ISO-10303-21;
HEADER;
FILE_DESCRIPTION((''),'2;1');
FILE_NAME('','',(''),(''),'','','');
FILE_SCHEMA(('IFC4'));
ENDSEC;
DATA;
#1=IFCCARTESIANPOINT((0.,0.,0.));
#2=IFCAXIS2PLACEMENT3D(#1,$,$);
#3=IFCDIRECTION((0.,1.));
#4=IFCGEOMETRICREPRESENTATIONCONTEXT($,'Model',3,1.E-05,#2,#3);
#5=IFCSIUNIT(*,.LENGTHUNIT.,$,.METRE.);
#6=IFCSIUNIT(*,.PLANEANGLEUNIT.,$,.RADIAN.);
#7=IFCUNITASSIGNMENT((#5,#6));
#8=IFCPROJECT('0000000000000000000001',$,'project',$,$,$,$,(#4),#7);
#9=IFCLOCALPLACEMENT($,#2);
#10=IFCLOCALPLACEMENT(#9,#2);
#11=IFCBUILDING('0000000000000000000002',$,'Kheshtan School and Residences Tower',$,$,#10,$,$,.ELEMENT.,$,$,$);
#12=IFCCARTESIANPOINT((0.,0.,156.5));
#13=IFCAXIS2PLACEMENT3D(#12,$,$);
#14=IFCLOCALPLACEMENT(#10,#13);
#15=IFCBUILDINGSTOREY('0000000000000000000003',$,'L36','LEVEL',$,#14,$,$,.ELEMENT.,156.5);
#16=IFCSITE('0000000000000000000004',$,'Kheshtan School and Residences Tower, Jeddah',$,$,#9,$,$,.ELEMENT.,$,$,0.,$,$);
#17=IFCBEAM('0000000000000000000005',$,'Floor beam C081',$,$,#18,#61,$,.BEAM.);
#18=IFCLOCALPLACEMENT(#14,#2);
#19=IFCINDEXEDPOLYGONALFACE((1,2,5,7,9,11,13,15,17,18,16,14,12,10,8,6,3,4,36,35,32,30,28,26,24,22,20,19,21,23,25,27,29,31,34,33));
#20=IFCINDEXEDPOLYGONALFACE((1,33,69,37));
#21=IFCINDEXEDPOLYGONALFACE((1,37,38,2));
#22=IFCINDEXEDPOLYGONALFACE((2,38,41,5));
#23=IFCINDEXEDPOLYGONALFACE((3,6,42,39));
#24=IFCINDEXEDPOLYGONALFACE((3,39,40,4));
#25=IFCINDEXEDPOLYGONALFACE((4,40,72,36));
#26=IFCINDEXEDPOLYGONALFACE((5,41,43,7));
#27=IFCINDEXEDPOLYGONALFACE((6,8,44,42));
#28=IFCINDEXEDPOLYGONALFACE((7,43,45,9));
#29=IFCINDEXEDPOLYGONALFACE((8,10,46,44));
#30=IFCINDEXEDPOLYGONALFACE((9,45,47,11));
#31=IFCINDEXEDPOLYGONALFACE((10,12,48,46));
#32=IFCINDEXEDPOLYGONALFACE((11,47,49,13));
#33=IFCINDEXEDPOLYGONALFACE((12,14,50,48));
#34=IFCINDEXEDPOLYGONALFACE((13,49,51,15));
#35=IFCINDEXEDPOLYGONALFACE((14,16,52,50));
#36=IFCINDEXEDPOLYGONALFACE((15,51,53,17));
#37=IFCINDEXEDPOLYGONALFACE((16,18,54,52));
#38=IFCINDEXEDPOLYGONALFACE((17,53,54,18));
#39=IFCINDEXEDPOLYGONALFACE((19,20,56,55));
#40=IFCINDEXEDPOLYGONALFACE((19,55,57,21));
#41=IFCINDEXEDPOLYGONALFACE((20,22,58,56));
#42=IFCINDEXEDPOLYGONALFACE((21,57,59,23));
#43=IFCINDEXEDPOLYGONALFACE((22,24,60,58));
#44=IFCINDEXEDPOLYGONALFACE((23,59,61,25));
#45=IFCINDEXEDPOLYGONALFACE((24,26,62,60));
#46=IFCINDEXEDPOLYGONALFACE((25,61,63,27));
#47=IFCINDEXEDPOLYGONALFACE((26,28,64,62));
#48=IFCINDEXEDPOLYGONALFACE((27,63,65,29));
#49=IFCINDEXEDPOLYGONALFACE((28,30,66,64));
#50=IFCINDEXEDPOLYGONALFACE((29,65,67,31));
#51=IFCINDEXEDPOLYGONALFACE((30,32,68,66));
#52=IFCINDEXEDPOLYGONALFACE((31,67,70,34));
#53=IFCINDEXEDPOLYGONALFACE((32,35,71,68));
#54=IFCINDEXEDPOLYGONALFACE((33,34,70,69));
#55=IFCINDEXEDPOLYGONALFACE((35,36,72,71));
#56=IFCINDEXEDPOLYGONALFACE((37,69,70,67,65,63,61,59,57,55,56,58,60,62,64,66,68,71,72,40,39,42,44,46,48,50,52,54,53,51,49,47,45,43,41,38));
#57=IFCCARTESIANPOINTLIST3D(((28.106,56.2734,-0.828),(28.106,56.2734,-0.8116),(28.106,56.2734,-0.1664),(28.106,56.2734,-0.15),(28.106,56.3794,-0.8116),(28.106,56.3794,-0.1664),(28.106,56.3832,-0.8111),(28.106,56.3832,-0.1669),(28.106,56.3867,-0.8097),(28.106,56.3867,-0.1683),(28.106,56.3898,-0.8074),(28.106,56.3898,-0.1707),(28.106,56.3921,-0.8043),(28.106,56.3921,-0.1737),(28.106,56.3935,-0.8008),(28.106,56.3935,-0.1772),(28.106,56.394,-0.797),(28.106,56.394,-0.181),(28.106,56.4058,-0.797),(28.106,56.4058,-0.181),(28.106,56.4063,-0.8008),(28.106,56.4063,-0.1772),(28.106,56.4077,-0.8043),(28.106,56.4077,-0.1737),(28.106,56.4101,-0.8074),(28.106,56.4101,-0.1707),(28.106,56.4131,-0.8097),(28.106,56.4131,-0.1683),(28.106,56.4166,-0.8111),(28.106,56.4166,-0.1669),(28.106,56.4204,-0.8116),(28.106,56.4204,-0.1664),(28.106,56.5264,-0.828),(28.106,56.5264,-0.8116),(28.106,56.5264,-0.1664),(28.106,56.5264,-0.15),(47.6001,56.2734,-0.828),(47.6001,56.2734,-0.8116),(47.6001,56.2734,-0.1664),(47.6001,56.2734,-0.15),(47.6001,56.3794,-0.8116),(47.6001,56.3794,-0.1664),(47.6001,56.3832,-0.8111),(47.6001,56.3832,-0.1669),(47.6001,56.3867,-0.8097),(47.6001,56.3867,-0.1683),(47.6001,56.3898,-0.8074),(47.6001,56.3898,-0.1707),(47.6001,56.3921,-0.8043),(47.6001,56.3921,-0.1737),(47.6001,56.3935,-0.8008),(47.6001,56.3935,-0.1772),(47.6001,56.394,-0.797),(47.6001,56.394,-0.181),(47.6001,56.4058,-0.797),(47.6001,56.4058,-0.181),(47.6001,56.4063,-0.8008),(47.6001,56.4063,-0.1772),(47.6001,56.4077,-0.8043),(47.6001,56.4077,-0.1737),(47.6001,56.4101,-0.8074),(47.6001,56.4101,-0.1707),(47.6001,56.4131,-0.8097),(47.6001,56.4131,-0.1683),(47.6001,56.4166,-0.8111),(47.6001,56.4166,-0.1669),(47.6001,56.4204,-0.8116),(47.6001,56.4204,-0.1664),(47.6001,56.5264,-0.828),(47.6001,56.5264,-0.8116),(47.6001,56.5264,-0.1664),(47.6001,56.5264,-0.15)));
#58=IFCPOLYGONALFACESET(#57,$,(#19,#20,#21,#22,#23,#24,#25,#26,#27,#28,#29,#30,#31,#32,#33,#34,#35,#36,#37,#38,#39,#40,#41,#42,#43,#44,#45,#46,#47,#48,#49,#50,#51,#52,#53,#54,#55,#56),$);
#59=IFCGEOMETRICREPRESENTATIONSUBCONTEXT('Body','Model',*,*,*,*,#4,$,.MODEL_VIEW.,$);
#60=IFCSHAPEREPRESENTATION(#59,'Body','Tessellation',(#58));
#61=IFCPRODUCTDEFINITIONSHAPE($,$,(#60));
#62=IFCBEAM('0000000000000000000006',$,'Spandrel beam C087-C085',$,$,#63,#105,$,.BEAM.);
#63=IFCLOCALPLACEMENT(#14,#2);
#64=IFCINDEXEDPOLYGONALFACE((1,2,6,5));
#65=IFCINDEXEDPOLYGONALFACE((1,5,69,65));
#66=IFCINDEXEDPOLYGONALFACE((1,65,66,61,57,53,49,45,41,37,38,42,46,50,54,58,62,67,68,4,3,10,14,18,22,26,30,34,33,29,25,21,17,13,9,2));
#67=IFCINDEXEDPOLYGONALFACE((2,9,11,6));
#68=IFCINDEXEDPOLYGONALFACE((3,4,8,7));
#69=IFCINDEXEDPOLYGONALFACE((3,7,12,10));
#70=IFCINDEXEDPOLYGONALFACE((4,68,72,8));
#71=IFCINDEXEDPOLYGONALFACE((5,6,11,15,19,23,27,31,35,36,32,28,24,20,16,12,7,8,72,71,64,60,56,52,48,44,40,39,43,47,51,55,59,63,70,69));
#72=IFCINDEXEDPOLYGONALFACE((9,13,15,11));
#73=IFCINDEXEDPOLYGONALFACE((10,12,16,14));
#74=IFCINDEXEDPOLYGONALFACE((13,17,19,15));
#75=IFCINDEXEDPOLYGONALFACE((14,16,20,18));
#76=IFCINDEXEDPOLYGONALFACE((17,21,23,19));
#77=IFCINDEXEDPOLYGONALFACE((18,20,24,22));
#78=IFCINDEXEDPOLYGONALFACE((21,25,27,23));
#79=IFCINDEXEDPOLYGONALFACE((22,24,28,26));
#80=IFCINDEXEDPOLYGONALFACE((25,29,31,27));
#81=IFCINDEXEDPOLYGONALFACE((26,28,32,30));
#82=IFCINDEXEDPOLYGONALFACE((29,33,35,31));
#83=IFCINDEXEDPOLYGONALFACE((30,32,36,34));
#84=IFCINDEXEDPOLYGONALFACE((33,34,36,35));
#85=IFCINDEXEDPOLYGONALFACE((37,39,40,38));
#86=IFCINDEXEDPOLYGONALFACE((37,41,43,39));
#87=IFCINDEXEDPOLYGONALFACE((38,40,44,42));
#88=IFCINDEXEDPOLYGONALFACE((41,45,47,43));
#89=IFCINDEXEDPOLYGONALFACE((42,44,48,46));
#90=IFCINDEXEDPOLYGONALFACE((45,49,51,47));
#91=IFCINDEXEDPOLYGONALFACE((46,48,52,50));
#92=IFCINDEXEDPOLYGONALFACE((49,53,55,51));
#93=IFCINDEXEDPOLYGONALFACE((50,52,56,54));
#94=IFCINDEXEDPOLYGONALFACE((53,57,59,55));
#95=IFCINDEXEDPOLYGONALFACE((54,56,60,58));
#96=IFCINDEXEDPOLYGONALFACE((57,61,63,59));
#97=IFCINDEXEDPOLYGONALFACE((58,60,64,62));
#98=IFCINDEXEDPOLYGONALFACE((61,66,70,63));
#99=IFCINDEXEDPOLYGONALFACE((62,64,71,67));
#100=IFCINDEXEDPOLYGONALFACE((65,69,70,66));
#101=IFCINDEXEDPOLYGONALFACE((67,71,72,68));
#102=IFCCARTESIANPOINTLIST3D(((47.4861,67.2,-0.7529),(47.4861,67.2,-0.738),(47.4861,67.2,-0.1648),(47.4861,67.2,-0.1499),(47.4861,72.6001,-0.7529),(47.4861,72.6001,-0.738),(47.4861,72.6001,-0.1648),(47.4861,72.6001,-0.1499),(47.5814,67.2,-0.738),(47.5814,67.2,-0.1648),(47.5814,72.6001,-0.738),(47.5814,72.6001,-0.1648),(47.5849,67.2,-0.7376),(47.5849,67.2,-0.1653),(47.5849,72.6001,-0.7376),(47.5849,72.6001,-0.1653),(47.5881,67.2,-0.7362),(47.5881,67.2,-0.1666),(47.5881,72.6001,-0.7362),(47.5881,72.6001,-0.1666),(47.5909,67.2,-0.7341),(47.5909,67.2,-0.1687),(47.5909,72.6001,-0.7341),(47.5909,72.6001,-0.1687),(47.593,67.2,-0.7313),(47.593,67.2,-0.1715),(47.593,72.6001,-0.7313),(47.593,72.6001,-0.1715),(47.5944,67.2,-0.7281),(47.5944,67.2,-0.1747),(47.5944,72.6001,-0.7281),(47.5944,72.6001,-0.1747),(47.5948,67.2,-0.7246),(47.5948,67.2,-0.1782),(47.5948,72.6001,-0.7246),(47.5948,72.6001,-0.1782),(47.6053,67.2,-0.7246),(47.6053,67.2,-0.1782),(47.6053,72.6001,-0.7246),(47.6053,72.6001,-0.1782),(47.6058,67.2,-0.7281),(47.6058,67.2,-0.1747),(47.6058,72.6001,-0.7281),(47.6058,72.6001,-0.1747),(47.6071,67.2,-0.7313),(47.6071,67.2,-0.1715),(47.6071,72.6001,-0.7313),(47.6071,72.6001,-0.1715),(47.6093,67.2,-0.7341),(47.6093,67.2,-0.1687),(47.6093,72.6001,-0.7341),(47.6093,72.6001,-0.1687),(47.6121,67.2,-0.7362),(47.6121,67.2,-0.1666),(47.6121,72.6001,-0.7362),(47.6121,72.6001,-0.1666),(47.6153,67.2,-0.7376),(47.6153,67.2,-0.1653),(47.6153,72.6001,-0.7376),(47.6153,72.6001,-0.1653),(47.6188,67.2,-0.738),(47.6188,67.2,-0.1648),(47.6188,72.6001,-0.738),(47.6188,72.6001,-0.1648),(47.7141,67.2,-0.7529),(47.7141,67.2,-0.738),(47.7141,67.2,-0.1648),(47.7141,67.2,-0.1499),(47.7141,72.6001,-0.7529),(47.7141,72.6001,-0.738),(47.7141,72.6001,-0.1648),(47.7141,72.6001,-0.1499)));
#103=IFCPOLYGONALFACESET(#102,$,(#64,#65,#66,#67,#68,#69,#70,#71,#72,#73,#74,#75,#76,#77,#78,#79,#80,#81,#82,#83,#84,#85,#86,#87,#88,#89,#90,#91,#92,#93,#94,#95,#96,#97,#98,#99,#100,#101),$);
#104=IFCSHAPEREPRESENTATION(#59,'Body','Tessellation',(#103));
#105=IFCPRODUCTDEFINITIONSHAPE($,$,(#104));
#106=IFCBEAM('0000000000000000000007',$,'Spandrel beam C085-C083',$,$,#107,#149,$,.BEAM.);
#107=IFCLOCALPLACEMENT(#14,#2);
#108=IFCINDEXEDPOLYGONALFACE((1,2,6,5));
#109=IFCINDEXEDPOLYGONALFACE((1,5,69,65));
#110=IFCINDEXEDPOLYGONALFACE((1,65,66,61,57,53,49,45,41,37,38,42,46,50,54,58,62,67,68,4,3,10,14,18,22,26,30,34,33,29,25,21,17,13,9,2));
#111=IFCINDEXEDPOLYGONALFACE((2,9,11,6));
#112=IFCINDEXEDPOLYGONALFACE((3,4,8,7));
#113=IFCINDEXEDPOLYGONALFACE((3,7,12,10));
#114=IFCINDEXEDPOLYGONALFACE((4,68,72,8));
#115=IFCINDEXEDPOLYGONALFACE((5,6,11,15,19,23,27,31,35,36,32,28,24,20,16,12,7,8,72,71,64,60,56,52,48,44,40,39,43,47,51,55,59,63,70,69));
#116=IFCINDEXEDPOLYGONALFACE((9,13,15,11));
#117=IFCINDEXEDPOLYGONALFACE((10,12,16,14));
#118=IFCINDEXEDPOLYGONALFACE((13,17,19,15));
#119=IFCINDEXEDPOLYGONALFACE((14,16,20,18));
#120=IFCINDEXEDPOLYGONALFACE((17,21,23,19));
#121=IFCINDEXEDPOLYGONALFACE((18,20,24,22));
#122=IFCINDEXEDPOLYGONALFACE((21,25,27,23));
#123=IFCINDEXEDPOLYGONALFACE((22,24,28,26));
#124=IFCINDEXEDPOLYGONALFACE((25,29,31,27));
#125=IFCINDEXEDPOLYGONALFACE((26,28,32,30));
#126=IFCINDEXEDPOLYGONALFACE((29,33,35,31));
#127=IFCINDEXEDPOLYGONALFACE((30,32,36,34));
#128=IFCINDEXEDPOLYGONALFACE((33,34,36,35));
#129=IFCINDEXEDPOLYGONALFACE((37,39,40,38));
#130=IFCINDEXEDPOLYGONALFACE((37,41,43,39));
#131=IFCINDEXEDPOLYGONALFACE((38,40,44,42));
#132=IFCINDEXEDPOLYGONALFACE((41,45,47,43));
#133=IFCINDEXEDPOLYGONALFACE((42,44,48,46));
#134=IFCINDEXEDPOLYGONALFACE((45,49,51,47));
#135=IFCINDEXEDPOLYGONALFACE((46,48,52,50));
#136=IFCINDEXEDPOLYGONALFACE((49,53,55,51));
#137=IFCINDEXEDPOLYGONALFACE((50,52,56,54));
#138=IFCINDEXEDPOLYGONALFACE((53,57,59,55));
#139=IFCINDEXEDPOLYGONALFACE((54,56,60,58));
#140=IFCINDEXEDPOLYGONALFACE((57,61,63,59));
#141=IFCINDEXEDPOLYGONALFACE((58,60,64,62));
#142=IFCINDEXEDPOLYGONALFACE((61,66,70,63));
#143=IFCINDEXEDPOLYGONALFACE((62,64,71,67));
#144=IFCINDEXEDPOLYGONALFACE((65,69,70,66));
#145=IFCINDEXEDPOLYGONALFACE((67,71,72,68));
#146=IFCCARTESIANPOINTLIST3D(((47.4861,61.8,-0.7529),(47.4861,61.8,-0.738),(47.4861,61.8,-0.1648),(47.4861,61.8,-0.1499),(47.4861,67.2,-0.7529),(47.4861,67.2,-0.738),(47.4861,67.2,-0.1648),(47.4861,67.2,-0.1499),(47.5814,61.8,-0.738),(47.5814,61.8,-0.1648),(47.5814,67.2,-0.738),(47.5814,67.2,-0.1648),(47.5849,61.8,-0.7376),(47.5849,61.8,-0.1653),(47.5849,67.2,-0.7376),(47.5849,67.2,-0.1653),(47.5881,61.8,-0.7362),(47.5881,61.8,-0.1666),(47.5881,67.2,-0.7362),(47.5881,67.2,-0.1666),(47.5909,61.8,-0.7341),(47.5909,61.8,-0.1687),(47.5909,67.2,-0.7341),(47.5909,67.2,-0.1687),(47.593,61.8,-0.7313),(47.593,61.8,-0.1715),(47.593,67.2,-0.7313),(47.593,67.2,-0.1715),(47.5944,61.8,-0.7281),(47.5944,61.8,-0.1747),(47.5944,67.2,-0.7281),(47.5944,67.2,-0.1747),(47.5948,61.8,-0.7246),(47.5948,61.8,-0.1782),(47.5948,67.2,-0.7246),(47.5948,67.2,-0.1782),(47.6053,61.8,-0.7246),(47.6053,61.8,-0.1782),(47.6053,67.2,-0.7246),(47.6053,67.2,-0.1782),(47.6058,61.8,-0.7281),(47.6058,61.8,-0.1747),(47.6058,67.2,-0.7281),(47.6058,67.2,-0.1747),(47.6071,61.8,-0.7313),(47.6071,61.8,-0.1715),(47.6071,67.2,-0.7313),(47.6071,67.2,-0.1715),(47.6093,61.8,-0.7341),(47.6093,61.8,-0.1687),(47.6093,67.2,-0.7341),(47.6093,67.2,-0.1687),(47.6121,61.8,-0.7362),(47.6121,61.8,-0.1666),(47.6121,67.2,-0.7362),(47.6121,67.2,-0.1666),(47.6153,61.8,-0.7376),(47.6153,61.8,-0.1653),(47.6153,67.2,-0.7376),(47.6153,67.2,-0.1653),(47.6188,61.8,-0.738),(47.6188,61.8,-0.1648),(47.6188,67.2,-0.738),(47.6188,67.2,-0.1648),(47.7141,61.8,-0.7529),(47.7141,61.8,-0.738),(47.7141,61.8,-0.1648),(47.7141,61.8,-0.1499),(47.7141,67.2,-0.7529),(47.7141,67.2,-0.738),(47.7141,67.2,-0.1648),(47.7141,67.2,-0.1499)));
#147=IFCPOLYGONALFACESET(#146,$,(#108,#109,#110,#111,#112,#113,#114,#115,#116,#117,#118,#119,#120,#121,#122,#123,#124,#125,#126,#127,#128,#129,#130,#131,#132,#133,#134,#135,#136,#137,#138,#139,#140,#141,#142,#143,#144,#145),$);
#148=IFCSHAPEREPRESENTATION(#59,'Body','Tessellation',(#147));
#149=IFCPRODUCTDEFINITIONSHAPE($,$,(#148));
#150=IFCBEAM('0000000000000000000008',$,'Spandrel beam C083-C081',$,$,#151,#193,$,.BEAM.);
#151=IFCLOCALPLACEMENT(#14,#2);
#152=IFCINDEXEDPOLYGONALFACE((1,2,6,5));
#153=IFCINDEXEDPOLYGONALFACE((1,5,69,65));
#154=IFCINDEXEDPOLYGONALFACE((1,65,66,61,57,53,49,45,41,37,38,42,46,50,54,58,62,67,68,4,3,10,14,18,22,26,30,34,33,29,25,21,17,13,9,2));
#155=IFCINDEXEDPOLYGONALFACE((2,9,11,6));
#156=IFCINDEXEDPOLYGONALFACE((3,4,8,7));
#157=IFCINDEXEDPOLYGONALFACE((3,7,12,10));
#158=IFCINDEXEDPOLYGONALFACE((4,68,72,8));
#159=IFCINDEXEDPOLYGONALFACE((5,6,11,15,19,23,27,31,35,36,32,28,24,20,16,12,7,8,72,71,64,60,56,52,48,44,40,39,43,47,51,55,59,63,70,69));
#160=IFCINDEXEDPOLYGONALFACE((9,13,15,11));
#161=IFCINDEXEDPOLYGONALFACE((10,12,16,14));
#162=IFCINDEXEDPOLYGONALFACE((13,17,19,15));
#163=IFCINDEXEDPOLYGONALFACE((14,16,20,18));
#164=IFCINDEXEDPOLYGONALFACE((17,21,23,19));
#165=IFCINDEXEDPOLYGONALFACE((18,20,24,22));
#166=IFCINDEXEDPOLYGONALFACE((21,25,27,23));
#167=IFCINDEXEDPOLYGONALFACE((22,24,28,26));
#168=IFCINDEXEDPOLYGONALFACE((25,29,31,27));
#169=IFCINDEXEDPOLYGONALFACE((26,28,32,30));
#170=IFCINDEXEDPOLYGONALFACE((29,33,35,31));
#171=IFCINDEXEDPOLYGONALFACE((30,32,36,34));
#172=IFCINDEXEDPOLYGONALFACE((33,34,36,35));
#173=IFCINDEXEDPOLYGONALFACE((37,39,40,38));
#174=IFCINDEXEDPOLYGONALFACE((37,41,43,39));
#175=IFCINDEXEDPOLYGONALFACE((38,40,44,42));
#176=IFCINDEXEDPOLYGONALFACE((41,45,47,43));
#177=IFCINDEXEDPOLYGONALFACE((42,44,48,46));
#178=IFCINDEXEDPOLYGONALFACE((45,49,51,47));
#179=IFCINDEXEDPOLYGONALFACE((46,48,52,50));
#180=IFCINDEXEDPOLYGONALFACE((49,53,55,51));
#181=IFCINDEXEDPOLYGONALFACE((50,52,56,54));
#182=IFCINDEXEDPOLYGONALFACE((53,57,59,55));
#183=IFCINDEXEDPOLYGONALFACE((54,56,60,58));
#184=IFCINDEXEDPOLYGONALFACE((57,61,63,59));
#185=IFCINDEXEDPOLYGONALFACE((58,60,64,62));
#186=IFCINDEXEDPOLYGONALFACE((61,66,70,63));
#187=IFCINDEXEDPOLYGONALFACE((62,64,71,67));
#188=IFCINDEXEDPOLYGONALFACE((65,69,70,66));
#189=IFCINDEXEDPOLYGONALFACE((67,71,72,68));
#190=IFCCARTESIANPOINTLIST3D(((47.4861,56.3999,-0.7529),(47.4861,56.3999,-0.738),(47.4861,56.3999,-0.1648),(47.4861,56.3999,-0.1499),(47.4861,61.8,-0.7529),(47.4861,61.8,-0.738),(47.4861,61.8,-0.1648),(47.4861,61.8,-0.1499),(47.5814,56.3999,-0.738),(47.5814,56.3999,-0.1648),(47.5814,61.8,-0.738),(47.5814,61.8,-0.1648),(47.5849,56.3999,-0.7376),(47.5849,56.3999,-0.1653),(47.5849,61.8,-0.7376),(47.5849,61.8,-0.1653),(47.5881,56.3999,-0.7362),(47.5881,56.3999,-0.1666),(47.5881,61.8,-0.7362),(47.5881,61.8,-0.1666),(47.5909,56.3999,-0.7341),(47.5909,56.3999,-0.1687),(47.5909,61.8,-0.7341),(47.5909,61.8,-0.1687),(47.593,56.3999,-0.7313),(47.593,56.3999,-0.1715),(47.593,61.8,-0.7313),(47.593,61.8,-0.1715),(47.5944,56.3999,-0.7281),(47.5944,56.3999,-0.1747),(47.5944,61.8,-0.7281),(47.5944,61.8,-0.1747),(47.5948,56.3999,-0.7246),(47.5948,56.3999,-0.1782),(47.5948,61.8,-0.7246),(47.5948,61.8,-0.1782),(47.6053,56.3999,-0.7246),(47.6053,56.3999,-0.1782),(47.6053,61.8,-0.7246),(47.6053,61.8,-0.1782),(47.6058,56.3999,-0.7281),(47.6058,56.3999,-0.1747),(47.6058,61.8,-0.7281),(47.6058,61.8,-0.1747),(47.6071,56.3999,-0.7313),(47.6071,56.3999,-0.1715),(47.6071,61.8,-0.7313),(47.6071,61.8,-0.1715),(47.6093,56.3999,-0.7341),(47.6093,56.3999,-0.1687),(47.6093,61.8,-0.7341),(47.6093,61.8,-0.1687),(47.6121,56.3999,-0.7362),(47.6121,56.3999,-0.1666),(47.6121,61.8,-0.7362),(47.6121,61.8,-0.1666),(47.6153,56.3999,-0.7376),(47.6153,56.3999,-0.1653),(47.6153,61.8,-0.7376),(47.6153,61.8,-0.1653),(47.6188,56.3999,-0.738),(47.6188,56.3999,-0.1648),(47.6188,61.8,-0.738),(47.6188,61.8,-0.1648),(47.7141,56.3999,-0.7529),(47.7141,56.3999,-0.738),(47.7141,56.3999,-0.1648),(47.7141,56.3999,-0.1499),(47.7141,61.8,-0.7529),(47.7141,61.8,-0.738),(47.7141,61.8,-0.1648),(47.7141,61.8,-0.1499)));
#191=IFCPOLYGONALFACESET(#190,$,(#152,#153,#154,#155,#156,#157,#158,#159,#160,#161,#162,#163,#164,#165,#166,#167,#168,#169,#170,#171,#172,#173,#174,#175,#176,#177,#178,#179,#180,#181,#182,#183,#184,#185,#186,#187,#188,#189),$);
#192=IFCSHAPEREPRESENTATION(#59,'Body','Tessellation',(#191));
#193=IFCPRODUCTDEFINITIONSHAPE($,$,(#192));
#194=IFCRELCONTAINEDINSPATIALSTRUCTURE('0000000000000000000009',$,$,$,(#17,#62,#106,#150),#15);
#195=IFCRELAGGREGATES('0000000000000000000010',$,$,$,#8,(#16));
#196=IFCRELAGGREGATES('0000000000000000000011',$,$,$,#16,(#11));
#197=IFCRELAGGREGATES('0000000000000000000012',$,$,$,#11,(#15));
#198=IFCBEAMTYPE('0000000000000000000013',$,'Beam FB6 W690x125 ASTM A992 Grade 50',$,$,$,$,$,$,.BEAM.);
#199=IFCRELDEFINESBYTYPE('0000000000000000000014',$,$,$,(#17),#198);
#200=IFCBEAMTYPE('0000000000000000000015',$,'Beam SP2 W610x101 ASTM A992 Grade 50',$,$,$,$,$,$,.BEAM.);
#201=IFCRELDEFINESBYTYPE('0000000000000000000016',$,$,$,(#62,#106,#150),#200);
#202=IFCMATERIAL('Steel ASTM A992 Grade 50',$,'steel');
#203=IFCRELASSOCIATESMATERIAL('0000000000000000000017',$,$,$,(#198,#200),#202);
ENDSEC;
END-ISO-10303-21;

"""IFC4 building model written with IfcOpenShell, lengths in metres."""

from ifc_helpers import new_model, si_unit, direction, frame, origin, origin_2d, place, context, subcontext, project, spatial, i_section, extrude, material, material_profile, profile_set, type_object, element, save


model = new_model("IFC4")

# Units and contexts
model_context = context("Model", 3, precision=1e-05, world=origin(), true_north=direction((0.0, 1.0)))
body_context = subcontext(model_context, "Body", "Model", "MODEL_VIEW")
ifc_project = project(units=[si_unit("LENGTHUNIT", "METRE"), si_unit("PLANEANGLEUNIT", "RADIAN")], contexts=[model_context])

# Site, building, storey
site_placement = place(None, origin())
site = spatial("IfcSite", under=ifc_project, at=site_placement, Name="Kheshtan School and Residences Tower, Jeddah", CompositionType="ELEMENT", RefElevation=0.0)
building_placement = place(site_placement, origin())
building = spatial("IfcBuilding", under=site, at=building_placement, Name="Kheshtan School and Residences Tower", CompositionType="ELEMENT")
storey_placement = place(building_placement, frame((0.0, 0.0, 156.5)))
storey = spatial("IfcBuildingStorey", under=building, at=storey_placement, Name="L36", Description="LEVEL", CompositionType="ELEMENT", Elevation=156.5)

# Shared definitions
ifc_material_1 = material(Name="Steel ASTM A992 Grade 50", Category="steel")

# Beams
ifc_material_profile_1 = material_profile(ifc_material_1, i_section(OverallWidth=0.2529, OverallDepth=0.678, WebThickness=0.0117, FlangeThickness=0.0164, FilletRadius=0.0146, at=origin_2d()), Name="W690x125")
ifc_profile_set_1 = profile_set([ifc_material_profile_1], Name="Steel ASTM A992 Grade 50")
beam_type_1 = type_object("IfcBeamType", Name="Beam FB6 W690x125 ASTM A992 Grade 50", PredefinedType="BEAM", material=ifc_profile_set_1)
beam_1_placement = place(storey_placement, frame((47.6001, 56.3999, -0.489), z_axis=(-1.0, 0.0, 0.0), x_axis=(0.0, -1.0, 0.0)))
element("IfcBeam", 1, at=beam_1_placement, inside=storey, type_object=beam_type_1, Name="Floor beam C081", PredefinedType="BEAM", context=body_context, shape_type="SweptSolid", body=[
    extrude(i_section(OverallWidth=0.2529, OverallDepth=0.678, WebThickness=0.0117, FlangeThickness=0.0164, FilletRadius=0.0146, at=origin_2d()), origin(), (0.0, 0.0, 1.0), 19.4941),
])
ifc_material_profile_2 = material_profile(ifc_material_1, i_section(OverallWidth=0.228, OverallDepth=0.603, WebThickness=0.0105, FlangeThickness=0.0149, FilletRadius=0.0134, at=origin_2d()), Name="W610x101")
ifc_profile_set_2 = profile_set([ifc_material_profile_2], Name="Steel ASTM A992 Grade 50")
beam_type_2 = type_object("IfcBeamType", Name="Beam SP2 W610x101 ASTM A992 Grade 50", PredefinedType="BEAM", material=ifc_profile_set_2)
beam_2_placement = place(storey_placement, frame((47.6001, 72.6001, -0.4514), z_axis=(0.0, -1.0, 0.0), x_axis=(1.0, 0.0, 0.0)))
element("IfcBeam", 2, at=beam_2_placement, inside=storey, type_object=beam_type_2, Name="Spandrel beam C087-C085", PredefinedType="BEAM", context=body_context, shape_type="SweptSolid", body=[
    extrude(i_section(OverallWidth=0.228, OverallDepth=0.603, WebThickness=0.0105, FlangeThickness=0.0149, FilletRadius=0.0134, at=origin_2d()), origin(), (0.0, 0.0, 1.0), 5.4001),
])
beam_3_placement = place(storey_placement, frame((47.6001, 67.2, -0.4514), z_axis=(0.0, -1.0, 0.0), x_axis=(1.0, 0.0, 0.0)))
element("IfcBeam", 3, at=beam_3_placement, inside=storey, type_object=beam_type_2, Name="Spandrel beam C085-C083", PredefinedType="BEAM", context=body_context, shape_type="SweptSolid", body=[
    extrude(i_section(OverallWidth=0.228, OverallDepth=0.603, WebThickness=0.0105, FlangeThickness=0.0149, FilletRadius=0.0134, at=origin_2d()), origin(), (0.0, 0.0, 1.0), 5.3999),
])
beam_4_placement = place(storey_placement, frame((47.6001, 61.8, -0.4514), z_axis=(0.0, -1.0, 0.0), x_axis=(1.0, 0.0, 0.0)))
element("IfcBeam", 4, at=beam_4_placement, inside=storey, type_object=beam_type_2, Name="Spandrel beam C083-C081", PredefinedType="BEAM", context=body_context, shape_type="SweptSolid", body=[
    extrude(i_section(OverallWidth=0.228, OverallDepth=0.603, WebThickness=0.0105, FlangeThickness=0.0149, FilletRadius=0.0134, at=origin_2d()), origin(), (0.0, 0.0, 1.0), 5.4001),
])

save(model, "model.ifc")
